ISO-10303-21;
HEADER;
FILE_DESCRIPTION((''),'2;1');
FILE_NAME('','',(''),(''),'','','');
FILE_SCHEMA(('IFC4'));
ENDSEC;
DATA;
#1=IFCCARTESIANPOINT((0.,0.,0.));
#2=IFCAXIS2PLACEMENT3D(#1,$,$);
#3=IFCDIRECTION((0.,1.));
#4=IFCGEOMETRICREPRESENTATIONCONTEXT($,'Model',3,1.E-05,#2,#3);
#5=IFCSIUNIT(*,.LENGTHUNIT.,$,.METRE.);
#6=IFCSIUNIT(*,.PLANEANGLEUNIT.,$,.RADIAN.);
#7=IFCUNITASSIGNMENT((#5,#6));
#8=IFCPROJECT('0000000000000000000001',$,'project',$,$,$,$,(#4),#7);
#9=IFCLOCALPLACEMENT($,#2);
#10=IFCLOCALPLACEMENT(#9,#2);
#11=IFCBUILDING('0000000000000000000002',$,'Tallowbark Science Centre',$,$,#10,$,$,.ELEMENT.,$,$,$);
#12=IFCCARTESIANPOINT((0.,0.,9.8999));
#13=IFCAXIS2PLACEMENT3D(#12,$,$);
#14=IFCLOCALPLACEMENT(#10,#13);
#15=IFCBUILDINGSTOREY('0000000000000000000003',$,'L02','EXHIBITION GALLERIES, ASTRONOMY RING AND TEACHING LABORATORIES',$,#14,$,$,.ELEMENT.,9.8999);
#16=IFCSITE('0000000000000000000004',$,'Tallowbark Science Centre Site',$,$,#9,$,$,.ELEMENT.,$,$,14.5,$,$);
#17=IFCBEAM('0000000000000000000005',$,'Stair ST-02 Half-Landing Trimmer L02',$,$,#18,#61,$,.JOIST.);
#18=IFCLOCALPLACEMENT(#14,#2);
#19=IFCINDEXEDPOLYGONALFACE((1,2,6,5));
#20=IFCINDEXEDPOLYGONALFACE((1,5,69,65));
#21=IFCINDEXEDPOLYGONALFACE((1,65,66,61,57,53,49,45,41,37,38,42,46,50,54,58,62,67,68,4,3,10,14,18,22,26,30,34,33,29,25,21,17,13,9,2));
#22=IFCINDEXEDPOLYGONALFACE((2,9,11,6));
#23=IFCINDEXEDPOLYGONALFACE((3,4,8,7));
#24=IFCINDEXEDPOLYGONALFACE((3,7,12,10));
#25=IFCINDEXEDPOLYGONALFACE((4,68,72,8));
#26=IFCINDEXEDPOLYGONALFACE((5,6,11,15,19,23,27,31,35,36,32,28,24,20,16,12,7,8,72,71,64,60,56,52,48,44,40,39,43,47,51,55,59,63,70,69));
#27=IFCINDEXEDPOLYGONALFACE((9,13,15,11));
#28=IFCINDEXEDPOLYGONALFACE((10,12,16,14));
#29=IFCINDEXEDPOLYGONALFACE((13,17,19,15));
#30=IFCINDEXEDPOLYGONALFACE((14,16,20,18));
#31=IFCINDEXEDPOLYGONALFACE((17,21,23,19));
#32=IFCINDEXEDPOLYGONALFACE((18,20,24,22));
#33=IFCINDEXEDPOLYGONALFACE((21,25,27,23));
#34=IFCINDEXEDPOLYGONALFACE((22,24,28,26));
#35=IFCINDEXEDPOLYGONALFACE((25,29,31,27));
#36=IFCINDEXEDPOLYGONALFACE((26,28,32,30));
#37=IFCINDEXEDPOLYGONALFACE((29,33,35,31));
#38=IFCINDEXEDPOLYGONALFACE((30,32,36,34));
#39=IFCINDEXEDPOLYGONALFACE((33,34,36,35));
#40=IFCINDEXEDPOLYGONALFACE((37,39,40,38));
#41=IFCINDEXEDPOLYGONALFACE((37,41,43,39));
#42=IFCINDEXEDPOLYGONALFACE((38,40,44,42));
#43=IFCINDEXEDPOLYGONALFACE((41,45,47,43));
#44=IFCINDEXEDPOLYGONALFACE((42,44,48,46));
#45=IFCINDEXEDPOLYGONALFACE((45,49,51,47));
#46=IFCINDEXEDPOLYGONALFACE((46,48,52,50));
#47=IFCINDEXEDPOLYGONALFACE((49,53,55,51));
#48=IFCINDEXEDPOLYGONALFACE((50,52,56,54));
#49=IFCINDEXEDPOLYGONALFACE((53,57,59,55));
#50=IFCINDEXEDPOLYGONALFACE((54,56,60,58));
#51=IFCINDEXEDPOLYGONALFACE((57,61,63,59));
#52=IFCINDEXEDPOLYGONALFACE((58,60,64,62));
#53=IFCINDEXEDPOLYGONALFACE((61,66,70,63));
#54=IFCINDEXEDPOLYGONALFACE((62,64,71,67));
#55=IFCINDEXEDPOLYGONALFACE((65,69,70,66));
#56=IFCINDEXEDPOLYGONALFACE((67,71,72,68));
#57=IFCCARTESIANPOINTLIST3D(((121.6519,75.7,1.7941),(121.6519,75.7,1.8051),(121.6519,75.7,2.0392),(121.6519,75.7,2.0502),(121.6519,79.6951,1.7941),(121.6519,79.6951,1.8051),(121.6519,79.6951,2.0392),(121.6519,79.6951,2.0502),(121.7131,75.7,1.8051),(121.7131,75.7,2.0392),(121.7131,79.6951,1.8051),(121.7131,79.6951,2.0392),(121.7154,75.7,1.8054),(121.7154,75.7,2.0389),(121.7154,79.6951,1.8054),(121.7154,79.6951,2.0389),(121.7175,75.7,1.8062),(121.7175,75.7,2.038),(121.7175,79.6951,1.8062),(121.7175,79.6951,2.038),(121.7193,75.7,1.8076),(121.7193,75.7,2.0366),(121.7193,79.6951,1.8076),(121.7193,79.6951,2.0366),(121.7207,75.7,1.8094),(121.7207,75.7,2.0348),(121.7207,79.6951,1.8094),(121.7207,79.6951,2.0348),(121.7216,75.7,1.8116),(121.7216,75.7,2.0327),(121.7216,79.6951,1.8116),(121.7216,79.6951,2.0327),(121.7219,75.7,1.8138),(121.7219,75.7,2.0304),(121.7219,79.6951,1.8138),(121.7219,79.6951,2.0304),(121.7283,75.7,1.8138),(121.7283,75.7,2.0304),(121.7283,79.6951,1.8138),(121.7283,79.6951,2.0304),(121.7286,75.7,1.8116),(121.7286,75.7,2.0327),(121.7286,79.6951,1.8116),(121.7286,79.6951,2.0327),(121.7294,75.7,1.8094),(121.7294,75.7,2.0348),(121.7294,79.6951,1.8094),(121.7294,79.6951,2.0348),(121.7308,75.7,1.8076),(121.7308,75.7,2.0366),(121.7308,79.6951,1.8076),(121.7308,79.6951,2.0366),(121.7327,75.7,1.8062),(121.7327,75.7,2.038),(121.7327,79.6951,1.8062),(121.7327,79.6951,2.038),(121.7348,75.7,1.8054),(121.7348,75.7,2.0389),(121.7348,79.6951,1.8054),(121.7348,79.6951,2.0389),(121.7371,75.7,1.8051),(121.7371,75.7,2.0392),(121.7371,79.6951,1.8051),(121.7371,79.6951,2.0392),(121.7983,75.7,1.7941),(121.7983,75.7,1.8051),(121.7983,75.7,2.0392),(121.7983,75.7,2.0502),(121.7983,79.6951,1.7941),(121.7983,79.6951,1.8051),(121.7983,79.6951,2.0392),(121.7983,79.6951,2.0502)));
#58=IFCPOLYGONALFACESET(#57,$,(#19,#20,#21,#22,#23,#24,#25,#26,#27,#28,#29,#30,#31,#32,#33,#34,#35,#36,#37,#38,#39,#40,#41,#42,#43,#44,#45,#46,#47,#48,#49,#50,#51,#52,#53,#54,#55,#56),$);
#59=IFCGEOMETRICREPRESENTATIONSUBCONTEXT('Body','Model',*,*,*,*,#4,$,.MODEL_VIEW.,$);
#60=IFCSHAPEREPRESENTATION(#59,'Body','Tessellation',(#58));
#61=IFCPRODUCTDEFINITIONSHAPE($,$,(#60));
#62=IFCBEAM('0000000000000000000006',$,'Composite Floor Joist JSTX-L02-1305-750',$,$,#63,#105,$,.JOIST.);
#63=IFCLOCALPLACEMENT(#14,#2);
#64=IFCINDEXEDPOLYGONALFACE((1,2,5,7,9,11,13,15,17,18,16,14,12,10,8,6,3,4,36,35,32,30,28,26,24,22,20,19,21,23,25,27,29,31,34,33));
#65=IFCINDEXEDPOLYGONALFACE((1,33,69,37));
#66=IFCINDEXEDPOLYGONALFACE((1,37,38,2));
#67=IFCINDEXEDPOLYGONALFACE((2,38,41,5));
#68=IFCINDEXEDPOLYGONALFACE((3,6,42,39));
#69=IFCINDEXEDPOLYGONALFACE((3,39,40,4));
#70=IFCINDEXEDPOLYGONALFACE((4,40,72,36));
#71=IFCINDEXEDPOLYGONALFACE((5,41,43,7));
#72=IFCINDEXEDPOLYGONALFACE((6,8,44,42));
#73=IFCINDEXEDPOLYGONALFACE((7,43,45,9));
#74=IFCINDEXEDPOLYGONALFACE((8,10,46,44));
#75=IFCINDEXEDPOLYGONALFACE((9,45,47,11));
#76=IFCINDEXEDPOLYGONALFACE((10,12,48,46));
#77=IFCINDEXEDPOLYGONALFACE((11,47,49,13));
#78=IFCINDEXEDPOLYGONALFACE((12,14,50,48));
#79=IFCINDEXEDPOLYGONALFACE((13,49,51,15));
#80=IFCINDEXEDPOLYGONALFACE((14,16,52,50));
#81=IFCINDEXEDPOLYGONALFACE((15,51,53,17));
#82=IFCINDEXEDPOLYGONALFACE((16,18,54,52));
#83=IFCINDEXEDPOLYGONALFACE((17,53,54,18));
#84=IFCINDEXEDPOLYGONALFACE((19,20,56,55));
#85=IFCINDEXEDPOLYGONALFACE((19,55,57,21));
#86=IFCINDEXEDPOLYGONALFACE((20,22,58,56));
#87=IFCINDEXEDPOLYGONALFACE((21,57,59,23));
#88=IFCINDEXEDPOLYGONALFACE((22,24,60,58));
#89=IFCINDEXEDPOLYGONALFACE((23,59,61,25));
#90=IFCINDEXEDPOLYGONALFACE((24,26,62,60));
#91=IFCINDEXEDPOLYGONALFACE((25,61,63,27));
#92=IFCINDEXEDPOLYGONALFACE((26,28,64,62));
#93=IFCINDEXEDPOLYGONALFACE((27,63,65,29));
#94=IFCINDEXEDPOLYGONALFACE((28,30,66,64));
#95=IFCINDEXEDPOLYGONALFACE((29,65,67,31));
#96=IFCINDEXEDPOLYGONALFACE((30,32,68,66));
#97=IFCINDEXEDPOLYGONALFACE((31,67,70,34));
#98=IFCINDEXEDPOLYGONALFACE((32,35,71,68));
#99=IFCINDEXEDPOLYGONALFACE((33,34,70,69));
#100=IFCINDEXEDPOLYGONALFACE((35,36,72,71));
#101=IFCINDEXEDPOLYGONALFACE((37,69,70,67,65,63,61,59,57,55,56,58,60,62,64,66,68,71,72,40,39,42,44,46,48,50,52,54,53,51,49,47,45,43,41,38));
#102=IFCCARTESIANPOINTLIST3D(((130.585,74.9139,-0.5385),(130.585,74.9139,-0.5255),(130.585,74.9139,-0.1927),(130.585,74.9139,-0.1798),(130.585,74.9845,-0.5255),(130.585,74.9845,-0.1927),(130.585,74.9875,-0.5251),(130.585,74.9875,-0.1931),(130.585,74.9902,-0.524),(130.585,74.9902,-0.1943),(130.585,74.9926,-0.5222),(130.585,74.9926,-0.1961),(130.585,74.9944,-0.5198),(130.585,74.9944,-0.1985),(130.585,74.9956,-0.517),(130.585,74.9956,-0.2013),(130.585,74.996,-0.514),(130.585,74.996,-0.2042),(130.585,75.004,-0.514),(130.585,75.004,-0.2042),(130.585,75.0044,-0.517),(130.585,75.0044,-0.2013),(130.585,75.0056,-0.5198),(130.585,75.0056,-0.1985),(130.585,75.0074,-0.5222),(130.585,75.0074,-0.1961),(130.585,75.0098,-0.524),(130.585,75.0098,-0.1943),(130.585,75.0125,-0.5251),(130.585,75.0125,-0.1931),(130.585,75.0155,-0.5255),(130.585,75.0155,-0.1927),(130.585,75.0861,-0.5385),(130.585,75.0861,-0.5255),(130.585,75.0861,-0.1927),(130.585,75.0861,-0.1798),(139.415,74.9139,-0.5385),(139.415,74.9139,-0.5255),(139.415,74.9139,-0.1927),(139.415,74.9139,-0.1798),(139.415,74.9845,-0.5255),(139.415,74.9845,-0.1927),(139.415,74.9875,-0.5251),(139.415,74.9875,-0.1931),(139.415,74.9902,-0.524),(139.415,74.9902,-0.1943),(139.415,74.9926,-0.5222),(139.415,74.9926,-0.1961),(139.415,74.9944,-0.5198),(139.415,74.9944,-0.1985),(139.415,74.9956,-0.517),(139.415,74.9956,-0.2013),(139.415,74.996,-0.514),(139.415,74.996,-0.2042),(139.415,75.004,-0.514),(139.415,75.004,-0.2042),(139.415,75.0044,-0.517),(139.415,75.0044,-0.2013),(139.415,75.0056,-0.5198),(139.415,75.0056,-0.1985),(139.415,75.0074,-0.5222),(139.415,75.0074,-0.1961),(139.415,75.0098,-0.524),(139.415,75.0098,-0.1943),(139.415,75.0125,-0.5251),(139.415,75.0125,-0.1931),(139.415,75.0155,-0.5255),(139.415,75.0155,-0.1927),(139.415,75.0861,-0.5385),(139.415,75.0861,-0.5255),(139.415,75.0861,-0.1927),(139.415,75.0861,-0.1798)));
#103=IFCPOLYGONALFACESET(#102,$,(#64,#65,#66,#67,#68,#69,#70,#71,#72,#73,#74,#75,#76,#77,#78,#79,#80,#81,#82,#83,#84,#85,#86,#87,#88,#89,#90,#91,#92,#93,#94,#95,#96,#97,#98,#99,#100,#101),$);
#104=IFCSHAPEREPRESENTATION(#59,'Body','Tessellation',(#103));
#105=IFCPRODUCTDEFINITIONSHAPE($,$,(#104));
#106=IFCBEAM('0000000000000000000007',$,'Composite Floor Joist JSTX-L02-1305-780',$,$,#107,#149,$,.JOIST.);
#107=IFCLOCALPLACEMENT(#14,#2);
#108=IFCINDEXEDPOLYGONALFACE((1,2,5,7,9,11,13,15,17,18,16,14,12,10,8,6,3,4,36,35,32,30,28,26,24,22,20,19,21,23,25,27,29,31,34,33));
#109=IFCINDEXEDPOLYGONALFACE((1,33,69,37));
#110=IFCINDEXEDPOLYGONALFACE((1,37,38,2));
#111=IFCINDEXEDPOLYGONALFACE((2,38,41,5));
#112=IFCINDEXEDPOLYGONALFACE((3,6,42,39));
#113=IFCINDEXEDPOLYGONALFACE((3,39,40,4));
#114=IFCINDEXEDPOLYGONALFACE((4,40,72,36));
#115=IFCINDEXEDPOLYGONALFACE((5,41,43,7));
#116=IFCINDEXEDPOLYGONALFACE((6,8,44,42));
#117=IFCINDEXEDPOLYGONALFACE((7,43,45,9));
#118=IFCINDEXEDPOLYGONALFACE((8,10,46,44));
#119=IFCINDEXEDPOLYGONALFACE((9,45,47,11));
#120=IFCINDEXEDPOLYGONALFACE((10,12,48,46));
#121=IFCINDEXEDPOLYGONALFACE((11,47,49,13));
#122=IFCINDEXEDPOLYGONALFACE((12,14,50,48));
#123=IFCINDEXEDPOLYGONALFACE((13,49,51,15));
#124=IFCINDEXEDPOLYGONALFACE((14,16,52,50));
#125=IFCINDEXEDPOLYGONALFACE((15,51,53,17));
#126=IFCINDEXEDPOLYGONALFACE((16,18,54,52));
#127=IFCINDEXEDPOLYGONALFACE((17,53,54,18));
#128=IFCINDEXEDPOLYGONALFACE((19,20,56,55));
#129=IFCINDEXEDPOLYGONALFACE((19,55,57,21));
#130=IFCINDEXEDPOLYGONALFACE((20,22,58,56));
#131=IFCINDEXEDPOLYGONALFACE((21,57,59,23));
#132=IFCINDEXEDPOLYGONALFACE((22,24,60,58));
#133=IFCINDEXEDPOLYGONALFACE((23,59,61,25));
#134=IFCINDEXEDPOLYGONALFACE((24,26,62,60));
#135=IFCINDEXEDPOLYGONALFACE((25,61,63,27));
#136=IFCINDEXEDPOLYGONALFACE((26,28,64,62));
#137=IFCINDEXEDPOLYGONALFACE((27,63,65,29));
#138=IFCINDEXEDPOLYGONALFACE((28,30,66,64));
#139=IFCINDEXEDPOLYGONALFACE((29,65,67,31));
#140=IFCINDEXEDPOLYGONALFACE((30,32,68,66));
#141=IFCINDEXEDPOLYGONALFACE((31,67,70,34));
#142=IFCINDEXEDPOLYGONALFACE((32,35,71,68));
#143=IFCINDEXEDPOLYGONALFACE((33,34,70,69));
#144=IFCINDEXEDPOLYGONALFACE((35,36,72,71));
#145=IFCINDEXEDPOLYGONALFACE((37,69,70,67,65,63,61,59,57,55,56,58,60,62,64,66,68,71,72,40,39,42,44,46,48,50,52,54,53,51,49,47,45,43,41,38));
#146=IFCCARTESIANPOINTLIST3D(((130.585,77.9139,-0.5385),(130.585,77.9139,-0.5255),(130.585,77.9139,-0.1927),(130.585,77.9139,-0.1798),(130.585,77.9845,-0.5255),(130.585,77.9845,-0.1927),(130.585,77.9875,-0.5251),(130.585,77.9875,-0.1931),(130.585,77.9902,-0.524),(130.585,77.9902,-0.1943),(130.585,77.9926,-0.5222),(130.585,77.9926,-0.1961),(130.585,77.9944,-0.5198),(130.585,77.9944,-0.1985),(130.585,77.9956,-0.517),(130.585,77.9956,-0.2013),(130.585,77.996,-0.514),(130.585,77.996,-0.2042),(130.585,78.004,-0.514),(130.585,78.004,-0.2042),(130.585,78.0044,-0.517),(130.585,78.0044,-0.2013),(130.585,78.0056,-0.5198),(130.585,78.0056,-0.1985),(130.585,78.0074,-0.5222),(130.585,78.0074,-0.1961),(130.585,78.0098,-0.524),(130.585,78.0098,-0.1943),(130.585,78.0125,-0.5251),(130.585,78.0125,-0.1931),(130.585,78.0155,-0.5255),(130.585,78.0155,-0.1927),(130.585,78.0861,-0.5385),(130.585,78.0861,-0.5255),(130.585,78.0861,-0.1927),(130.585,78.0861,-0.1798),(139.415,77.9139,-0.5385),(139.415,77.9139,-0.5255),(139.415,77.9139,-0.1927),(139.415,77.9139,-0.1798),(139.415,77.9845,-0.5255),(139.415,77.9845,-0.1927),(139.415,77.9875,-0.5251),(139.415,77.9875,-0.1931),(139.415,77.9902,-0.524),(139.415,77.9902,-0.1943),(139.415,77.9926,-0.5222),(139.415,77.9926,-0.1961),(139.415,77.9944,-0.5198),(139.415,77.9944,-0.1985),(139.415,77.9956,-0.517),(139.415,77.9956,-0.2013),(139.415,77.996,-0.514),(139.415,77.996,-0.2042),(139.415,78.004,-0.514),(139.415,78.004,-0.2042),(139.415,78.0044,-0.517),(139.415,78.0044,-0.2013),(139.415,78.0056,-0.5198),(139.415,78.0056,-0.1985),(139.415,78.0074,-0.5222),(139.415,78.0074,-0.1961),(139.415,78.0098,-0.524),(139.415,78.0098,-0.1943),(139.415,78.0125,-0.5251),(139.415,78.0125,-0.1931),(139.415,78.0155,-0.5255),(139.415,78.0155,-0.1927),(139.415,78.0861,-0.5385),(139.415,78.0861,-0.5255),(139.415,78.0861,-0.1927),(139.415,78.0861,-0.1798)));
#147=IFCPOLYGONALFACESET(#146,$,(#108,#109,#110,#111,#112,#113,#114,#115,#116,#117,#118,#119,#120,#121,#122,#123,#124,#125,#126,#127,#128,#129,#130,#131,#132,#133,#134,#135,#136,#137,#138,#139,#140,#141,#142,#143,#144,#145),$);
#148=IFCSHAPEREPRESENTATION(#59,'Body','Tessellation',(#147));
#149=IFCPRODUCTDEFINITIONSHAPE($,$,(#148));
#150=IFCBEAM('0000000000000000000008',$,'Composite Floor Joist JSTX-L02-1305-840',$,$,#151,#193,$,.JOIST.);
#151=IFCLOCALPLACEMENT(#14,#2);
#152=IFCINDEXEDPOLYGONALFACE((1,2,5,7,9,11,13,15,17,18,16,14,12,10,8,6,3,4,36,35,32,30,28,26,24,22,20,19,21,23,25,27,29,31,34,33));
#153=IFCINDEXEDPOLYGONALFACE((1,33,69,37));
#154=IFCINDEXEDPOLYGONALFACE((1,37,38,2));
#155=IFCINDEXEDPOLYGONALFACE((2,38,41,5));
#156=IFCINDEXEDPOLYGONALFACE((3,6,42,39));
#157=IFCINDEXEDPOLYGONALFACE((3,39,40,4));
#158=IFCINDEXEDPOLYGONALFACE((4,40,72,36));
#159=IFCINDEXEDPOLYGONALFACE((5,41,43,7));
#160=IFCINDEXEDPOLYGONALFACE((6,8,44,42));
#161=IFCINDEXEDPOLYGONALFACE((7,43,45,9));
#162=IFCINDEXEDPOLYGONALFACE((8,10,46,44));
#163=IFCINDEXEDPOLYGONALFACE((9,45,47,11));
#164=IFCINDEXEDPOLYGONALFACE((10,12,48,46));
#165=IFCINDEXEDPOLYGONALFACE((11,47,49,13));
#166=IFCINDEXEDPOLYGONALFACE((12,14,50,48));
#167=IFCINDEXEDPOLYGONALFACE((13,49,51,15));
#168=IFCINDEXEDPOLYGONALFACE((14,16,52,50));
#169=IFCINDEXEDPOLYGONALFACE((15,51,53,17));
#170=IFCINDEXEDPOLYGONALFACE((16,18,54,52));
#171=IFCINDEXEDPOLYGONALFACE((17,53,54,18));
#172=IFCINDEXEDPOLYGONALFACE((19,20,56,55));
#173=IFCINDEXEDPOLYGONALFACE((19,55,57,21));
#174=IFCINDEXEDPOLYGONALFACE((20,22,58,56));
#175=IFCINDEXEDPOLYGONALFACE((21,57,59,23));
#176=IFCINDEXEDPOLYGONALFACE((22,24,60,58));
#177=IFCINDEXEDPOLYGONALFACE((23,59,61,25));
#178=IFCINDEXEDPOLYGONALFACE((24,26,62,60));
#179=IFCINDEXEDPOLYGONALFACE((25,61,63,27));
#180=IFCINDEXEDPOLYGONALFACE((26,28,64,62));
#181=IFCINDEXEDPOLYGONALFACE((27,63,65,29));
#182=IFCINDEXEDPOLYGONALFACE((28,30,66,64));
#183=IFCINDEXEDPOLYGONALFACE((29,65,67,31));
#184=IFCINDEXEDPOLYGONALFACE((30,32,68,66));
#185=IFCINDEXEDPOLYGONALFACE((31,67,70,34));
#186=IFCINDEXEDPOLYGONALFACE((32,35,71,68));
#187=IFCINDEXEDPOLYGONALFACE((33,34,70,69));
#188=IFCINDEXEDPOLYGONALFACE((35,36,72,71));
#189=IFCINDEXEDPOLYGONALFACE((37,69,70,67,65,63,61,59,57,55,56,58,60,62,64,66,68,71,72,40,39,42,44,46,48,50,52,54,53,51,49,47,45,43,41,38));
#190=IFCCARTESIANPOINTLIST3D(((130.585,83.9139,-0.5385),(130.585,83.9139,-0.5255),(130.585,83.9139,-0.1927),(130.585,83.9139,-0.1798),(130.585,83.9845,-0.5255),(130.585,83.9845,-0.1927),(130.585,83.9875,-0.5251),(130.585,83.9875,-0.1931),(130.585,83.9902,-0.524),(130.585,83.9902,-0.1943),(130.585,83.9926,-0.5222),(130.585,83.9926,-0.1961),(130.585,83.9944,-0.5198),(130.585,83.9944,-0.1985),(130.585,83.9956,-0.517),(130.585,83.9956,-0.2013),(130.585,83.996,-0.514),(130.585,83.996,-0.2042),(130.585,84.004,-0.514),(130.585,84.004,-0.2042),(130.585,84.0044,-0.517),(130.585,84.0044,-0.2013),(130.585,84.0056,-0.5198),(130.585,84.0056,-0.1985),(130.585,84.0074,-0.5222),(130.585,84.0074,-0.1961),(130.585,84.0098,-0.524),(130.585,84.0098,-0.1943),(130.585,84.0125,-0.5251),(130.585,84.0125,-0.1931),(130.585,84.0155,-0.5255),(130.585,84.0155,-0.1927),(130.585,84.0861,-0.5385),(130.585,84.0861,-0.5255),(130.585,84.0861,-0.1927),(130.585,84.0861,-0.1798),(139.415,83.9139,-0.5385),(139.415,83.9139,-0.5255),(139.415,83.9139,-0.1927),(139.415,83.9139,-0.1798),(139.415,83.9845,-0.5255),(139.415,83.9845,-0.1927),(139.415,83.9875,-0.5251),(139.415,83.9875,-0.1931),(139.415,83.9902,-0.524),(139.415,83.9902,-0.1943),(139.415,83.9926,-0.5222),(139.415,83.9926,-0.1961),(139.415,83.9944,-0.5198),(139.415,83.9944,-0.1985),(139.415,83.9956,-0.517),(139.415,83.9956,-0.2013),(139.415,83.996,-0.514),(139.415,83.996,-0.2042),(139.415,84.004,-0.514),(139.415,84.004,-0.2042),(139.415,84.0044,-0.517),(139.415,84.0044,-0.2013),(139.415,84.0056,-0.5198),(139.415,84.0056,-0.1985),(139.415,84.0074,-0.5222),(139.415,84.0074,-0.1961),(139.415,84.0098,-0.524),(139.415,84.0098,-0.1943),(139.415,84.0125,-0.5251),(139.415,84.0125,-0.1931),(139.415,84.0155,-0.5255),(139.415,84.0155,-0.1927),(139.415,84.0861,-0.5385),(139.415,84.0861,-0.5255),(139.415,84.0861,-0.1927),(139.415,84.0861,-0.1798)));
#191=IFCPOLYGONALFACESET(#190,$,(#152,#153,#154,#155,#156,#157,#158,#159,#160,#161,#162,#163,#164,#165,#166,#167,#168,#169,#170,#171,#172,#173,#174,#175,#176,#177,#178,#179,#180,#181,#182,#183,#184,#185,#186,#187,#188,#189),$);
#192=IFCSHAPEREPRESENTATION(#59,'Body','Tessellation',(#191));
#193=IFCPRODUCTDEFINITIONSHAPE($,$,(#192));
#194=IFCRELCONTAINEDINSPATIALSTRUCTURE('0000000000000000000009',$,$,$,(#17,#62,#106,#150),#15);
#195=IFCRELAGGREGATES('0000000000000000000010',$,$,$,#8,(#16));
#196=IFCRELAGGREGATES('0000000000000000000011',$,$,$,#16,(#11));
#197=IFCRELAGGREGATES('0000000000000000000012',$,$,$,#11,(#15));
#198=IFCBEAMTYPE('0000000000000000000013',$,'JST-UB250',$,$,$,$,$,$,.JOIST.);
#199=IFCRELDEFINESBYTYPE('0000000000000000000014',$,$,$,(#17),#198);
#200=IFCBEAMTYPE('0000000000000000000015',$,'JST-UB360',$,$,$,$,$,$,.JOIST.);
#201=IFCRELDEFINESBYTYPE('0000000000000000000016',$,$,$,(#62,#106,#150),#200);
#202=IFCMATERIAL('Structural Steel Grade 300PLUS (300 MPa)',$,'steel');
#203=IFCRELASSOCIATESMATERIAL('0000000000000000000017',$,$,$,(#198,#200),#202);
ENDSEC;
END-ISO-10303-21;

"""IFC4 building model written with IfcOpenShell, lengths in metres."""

from ifc_helpers import new_model, si_unit, direction, frame, origin, origin_2d, place, context, subcontext, project, spatial, i_section, extrude, material, material_profile, profile_set, type_object, element, save


model = new_model("IFC4")

# Units and contexts
model_context = context("Model", 3, precision=1e-05, world=origin(), true_north=direction((0.0, 1.0)))
body_context = subcontext(model_context, "Body", "Model", "MODEL_VIEW")
ifc_project = project(units=[si_unit("LENGTHUNIT", "METRE"), si_unit("PLANEANGLEUNIT", "RADIAN")], contexts=[model_context])

# Site, building, storey
site_placement = place(None, origin())
site = spatial("IfcSite", under=ifc_project, at=site_placement, Name="Tallowbark Science Centre Site", CompositionType="ELEMENT", RefElevation=14.5)
building_placement = place(site_placement, origin())
building = spatial("IfcBuilding", under=site, at=building_placement, Name="Tallowbark Science Centre", CompositionType="ELEMENT")
storey_placement = place(building_placement, frame((0.0, 0.0, 9.8999)))
storey = spatial("IfcBuildingStorey", under=building, at=storey_placement, Name="L02", Description="EXHIBITION GALLERIES, ASTRONOMY RING AND TEACHING LABORATORIES", CompositionType="ELEMENT", Elevation=9.8999)

# Shared definitions
ifc_material_1 = material(Name="Structural Steel Grade 300PLUS (300 MPa)", Category="steel")

# Beams
ifc_material_profile_1 = material_profile(ifc_material_1, i_section(OverallWidth=0.1465, OverallDepth=0.2561, WebThickness=0.0063, FlangeThickness=0.011, FilletRadius=0.0088, at=origin_2d()), Name="250UB37.3")
ifc_profile_set_1 = profile_set([ifc_material_profile_1], Name="Structural Steel Grade 300PLUS (300 MPa)")
beam_type_1 = type_object("IfcBeamType", Name="JST-UB250", PredefinedType="JOIST", material=ifc_profile_set_1)
beam_placement = place(storey_placement, frame((121.7251, 75.7, 1.9221), z_axis=(0.0, 1.0, 0.0), x_axis=(-1.0, 0.0, 0.0)))
element("IfcBeam", 1, at=beam_placement, inside=storey, type_object=beam_type_1, Name="Stair ST-02 Half-Landing Trimmer L02", PredefinedType="JOIST", context=body_context, shape_type="SweptSolid", body=[
    extrude(i_section(OverallWidth=0.1465, OverallDepth=0.2561, WebThickness=0.0063, FlangeThickness=0.011, FilletRadius=0.0088, at=origin_2d()), origin(), (0.0, 0.0, 1.0), 3.9951),
])
ifc_material_profile_2 = material_profile(ifc_material_1, i_section(OverallWidth=0.1721, OverallDepth=0.3586, WebThickness=0.0081, FlangeThickness=0.0129, FilletRadius=0.0115, at=origin_2d()), Name="360UB56.7")
ifc_profile_set_2 = profile_set([ifc_material_profile_2], Name="Structural Steel Grade 300PLUS (300 MPa)")
beam_type_2 = type_object("IfcBeamType", Name="JST-UB360", PredefinedType="JOIST", material=ifc_profile_set_2)
for number, where, z_axis, x_axis, name in (
    (2, (130.585, 75.0, -0.3591), (1.0, 0.0, 0.0), (0.0, 1.0, 0.0), "Composite Floor Joist JSTX-L02-1305-750"),
    (3, (130.585, 78.0, -0.3591), (1.0, 0.0, 0.0), (0.0, 1.0, 0.0), "Composite Floor Joist JSTX-L02-1305-780"),
    (4, (130.585, 84.0, -0.3591), (1.0, 0.0, 0.0), (0.0, 1.0, 0.0), "Composite Floor Joist JSTX-L02-1305-840"),
):
    element("IfcBeam", number, at=place(storey_placement, frame(where, z_axis=z_axis, x_axis=x_axis)), inside=storey, type_object=beam_type_2, Name=name, PredefinedType="JOIST", context=body_context, shape_type="SweptSolid", body=[
        extrude(i_section(OverallWidth=0.1721, OverallDepth=0.3586, WebThickness=0.0081, FlangeThickness=0.0129, FilletRadius=0.0115, at=origin_2d()), origin(), (0.0, 0.0, 1.0), 8.8301),
    ])

save(model, "model.ifc")
